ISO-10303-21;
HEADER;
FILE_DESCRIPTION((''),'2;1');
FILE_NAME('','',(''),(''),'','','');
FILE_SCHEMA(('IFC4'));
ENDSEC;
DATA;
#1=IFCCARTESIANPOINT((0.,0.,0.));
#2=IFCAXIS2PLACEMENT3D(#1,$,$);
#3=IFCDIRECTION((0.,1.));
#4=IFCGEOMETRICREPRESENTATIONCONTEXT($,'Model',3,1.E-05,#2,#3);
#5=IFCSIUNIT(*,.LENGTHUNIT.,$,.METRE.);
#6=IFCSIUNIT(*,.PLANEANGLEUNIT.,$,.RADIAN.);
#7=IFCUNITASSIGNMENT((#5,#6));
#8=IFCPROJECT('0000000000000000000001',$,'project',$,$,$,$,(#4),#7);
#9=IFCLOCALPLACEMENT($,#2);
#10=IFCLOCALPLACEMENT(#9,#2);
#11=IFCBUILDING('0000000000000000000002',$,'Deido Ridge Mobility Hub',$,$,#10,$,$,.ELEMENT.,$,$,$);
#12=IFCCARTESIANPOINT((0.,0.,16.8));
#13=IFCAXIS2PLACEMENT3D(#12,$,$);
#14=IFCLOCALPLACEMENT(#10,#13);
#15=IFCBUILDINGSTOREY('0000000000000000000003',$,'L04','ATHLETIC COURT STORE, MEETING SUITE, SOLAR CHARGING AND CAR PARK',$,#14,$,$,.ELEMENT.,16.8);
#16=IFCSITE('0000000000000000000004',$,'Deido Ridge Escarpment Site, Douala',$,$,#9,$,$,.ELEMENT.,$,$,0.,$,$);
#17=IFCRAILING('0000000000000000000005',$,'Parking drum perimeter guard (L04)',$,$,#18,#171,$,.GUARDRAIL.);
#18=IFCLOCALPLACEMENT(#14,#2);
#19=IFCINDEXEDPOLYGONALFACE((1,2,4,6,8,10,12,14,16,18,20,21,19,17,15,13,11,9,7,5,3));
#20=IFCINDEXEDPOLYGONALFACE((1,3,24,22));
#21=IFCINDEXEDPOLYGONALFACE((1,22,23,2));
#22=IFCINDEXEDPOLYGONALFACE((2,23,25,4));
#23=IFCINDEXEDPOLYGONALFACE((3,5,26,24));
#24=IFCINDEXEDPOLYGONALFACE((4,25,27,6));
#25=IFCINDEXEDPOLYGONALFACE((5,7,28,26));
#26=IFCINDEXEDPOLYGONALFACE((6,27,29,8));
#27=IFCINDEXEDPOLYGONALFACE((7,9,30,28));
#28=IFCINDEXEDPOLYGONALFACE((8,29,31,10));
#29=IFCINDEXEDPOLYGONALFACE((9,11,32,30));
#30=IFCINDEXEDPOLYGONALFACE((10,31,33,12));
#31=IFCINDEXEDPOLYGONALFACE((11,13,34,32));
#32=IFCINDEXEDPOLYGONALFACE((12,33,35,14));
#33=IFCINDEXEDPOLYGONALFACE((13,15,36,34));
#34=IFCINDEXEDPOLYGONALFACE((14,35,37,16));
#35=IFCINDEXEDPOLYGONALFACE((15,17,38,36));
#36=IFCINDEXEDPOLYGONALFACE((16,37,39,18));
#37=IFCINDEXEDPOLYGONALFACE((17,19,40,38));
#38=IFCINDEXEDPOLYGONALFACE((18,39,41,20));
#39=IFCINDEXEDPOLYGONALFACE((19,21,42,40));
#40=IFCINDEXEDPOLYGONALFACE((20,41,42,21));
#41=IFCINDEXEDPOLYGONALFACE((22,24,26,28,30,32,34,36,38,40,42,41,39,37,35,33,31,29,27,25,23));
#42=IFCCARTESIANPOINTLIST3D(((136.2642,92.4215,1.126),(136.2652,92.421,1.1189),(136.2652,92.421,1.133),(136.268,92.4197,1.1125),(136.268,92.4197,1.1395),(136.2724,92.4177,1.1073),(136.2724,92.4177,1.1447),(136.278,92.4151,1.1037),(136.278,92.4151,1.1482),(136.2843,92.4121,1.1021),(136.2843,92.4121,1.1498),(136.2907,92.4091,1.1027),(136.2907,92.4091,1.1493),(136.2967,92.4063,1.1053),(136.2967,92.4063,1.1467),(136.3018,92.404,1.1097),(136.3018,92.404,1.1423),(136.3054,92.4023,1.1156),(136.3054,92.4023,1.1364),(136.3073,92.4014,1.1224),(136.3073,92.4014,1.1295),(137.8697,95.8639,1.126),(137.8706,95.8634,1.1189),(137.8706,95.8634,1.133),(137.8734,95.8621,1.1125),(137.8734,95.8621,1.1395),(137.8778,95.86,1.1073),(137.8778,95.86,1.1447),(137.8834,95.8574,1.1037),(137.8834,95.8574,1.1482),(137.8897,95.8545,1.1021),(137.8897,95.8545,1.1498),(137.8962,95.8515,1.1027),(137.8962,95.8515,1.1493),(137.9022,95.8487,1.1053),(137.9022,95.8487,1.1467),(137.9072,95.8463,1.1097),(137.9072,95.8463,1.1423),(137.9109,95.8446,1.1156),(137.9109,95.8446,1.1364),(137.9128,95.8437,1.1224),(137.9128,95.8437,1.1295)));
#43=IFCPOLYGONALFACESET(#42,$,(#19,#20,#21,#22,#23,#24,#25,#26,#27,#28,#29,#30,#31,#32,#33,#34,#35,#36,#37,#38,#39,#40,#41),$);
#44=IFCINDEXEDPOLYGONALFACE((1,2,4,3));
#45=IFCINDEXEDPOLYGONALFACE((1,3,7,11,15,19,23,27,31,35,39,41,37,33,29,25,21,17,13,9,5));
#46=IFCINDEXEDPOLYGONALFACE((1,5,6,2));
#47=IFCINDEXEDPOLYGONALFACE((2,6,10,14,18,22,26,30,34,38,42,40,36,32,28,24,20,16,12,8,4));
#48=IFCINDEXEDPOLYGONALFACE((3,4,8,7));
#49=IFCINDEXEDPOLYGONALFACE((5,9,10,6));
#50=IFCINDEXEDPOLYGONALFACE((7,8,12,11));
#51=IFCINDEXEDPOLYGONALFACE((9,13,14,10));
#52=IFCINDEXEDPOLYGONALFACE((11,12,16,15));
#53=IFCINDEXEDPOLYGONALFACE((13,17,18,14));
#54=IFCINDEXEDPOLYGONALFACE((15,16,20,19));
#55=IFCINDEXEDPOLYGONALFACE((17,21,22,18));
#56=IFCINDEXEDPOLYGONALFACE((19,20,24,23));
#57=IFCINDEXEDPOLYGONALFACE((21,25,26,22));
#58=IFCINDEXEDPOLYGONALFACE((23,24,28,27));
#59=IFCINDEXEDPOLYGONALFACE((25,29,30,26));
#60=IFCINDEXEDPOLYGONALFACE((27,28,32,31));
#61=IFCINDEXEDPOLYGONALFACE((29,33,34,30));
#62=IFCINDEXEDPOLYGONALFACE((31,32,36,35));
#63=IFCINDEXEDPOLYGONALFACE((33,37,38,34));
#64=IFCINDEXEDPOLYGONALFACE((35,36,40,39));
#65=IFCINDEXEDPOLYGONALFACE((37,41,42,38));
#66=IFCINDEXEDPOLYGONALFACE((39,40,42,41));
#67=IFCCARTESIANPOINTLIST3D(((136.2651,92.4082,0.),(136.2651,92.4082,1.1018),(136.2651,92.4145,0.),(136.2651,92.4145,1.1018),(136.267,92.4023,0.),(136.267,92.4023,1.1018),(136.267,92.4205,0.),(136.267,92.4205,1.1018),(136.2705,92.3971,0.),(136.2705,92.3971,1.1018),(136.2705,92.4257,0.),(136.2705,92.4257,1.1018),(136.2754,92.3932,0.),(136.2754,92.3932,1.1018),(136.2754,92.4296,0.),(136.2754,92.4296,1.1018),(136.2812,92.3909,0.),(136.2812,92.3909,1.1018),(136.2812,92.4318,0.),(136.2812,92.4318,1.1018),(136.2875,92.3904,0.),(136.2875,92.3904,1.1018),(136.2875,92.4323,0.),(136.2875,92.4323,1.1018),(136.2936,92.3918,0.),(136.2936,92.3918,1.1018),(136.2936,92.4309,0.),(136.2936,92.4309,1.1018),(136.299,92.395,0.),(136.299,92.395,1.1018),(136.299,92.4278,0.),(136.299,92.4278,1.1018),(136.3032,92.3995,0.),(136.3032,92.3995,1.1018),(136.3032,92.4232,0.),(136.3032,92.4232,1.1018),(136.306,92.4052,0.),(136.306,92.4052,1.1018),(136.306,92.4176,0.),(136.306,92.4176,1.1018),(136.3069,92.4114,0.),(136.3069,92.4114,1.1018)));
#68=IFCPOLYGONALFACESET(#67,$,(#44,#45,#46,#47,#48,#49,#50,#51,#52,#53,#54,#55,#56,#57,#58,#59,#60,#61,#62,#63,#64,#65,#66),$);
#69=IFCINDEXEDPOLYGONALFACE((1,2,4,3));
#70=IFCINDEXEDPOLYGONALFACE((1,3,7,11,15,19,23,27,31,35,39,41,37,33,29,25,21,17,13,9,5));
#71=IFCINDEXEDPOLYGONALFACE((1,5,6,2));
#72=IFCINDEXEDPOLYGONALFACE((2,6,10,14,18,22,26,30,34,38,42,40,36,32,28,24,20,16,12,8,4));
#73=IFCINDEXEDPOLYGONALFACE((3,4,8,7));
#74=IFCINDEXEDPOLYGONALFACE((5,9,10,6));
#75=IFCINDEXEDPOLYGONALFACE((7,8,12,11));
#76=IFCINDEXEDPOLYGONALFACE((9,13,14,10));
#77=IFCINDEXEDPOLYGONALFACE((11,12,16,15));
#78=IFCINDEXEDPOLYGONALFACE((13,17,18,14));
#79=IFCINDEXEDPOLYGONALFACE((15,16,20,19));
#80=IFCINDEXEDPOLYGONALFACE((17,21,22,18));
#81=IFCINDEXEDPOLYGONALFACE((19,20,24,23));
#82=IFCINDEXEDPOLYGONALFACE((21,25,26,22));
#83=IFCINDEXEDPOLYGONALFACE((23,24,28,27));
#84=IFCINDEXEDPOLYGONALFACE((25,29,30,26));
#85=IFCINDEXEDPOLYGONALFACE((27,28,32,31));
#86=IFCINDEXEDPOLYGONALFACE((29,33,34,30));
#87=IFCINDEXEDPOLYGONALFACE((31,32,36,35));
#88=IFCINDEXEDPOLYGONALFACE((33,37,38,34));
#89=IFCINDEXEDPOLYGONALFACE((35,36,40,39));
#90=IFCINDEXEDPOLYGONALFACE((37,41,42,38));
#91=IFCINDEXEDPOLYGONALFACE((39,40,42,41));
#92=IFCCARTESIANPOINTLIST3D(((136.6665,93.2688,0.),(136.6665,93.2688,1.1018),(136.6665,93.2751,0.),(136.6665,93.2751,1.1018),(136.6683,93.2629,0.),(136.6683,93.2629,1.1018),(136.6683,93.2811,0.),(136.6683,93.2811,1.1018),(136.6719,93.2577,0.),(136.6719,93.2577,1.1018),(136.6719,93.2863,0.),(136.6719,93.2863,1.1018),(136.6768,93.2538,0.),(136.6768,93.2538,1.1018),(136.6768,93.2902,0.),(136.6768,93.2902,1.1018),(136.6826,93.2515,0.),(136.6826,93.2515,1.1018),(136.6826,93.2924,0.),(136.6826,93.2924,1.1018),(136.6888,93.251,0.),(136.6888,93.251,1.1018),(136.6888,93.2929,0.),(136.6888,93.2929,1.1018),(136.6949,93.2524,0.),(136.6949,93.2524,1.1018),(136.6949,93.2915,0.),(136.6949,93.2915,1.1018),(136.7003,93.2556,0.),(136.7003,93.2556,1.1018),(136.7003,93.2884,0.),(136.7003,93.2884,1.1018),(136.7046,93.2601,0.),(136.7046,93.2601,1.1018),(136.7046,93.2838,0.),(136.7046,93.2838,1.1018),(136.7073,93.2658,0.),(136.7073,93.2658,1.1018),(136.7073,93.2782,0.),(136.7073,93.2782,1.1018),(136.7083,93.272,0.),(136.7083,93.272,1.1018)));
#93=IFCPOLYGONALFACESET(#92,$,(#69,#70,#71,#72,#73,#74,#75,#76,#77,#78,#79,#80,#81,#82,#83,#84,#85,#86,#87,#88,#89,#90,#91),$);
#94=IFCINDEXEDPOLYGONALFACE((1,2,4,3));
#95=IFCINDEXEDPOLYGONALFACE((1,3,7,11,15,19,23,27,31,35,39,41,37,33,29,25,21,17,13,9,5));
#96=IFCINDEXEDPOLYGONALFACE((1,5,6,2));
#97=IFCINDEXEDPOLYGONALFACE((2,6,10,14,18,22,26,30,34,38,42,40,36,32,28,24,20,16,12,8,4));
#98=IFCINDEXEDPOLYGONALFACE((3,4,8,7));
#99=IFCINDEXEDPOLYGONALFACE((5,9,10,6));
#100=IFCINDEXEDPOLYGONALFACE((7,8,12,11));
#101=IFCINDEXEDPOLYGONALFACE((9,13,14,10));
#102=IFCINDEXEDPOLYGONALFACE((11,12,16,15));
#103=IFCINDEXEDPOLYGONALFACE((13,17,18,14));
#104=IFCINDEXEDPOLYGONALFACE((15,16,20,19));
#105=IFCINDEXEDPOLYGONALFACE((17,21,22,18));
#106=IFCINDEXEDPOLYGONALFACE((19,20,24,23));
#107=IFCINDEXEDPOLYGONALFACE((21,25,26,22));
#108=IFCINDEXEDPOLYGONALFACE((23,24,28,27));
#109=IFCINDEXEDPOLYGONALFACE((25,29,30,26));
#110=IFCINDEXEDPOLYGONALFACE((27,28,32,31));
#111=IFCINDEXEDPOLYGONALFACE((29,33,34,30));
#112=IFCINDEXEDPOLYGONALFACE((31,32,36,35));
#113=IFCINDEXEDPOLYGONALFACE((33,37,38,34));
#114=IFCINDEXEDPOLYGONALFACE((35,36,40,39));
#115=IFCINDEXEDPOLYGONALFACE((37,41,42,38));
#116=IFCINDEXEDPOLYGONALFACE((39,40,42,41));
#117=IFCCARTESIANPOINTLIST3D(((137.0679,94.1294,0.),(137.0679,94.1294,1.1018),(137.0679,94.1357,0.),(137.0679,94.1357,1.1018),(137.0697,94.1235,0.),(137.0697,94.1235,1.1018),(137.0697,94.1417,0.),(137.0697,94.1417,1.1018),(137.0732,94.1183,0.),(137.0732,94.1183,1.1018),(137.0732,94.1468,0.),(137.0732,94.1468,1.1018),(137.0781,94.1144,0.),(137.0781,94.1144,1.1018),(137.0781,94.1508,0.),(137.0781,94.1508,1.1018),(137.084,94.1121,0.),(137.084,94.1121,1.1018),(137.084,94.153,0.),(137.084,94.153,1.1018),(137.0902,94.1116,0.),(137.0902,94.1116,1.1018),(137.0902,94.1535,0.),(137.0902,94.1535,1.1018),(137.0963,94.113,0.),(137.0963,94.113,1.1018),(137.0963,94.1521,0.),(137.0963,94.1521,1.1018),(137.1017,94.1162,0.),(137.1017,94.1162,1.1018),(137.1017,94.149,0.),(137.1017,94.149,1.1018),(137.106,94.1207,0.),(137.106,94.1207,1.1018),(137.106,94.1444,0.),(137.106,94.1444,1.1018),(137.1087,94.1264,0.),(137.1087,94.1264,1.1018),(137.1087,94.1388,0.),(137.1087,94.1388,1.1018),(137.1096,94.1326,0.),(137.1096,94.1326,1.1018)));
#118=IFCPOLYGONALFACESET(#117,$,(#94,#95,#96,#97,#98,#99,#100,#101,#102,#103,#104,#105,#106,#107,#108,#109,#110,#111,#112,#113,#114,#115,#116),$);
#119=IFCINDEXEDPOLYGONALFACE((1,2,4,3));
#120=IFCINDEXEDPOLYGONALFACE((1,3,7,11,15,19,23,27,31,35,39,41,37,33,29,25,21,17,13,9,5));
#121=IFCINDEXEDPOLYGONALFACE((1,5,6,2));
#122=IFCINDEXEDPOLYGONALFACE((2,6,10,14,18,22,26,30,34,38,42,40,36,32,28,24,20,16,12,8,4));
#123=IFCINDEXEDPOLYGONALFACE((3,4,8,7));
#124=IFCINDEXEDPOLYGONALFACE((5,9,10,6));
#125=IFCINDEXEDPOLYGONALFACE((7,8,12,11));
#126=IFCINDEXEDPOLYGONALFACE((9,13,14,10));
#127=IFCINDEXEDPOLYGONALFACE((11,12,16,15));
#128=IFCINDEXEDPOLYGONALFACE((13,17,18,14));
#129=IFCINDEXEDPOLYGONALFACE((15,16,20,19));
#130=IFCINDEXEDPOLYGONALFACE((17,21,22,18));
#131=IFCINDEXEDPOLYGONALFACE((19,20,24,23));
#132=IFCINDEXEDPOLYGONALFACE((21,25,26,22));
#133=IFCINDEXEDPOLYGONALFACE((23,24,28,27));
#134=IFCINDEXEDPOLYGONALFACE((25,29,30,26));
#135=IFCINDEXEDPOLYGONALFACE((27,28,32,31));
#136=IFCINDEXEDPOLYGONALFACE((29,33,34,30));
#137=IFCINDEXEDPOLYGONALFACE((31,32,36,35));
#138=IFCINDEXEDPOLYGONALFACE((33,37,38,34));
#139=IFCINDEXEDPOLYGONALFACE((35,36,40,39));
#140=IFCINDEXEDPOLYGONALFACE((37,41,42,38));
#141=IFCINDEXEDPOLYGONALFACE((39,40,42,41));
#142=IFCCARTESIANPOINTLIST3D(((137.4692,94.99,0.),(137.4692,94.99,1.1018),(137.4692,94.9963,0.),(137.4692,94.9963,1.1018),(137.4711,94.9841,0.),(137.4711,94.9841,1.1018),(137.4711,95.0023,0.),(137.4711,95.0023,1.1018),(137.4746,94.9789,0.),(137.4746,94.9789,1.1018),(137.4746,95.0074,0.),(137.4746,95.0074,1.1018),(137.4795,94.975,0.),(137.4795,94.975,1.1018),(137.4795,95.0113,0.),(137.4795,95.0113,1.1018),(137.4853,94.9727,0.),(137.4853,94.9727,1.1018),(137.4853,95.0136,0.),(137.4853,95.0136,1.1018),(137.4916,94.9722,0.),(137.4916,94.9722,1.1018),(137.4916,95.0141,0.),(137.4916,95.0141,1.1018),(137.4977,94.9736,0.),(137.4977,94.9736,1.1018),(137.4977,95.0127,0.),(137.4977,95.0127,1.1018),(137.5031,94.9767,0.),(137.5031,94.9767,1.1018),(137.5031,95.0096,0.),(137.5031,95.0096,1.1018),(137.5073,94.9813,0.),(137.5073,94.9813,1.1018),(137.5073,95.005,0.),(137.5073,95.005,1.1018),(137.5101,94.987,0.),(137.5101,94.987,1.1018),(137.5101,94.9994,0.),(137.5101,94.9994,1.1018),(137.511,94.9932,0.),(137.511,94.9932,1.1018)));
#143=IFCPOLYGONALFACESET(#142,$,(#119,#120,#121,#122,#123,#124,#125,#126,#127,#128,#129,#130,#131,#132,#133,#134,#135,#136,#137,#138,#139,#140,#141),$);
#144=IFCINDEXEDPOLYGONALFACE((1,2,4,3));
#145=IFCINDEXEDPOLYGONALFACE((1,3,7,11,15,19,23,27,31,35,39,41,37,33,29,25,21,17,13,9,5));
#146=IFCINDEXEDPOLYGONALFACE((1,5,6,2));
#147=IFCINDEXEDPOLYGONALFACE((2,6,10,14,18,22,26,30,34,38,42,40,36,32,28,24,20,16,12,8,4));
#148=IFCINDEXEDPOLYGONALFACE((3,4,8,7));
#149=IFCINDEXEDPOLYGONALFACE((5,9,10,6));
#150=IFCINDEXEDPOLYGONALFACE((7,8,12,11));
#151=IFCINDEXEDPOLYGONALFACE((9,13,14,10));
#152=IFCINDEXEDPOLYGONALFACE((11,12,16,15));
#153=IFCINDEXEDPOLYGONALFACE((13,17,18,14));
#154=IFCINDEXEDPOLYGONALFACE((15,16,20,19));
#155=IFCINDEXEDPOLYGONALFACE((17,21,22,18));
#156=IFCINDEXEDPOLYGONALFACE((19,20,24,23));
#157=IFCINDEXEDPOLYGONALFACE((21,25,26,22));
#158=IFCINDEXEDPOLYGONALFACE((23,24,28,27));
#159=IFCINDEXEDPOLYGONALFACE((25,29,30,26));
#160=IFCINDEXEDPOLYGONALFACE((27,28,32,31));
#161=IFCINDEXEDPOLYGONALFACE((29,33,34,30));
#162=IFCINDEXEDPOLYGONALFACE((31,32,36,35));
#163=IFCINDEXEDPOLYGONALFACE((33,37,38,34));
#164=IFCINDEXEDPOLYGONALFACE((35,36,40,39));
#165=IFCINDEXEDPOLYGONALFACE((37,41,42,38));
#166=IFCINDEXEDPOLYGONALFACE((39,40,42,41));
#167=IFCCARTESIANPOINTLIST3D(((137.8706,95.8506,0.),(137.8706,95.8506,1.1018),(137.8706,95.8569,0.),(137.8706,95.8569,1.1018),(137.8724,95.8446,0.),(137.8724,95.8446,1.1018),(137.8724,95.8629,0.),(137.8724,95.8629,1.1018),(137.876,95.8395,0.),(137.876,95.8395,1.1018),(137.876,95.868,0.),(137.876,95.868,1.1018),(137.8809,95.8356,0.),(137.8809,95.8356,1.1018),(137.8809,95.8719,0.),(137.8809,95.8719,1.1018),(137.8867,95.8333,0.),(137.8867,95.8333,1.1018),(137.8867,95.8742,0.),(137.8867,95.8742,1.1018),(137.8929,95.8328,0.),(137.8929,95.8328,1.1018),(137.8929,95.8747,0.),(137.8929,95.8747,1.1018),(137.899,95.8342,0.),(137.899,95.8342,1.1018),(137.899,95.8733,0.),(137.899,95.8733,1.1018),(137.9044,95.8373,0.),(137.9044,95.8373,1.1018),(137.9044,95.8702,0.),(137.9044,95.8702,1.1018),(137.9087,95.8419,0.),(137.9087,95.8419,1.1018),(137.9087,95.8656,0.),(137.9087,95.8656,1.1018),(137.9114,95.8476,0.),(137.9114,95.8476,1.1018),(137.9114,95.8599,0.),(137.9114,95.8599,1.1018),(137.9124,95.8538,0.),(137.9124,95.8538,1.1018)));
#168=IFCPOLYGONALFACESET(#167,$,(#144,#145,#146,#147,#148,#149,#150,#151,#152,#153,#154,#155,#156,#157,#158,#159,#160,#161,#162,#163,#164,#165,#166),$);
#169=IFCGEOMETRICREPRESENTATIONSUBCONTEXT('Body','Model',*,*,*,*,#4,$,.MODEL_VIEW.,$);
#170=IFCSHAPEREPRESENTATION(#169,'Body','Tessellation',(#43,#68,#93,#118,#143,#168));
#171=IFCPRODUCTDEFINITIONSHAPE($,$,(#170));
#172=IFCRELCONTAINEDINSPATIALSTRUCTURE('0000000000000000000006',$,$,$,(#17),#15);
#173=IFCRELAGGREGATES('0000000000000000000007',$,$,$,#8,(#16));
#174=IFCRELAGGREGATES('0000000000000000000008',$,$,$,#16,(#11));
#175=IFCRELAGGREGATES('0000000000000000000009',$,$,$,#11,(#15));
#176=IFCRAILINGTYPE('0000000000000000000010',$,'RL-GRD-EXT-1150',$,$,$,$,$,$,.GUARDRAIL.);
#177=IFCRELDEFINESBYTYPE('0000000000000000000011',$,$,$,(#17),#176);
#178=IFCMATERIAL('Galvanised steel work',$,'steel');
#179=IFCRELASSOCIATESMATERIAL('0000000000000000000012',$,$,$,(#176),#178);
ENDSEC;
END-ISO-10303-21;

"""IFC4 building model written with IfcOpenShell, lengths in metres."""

from ifc_helpers import new_model, si_unit, direction, frame, origin, origin_2d, place, context, subcontext, project, spatial, circle, extrude, material, type_object, element, save


model = new_model("IFC4")

# Units and contexts
model_context = context("Model", 3, precision=1e-05, world=origin(), true_north=direction((0.0, 1.0)))
body_context = subcontext(model_context, "Body", "Model", "MODEL_VIEW")
ifc_project = project(units=[si_unit("LENGTHUNIT", "METRE"), si_unit("PLANEANGLEUNIT", "RADIAN")], contexts=[model_context])

# Site, building, storey
site_placement = place(None, origin())
site = spatial("IfcSite", under=ifc_project, at=site_placement, Name="Deido Ridge Escarpment Site, Douala", CompositionType="ELEMENT", RefElevation=0.0)
building_placement = place(site_placement, origin())
building = spatial("IfcBuilding", under=site, at=building_placement, Name="Deido Ridge Mobility Hub", CompositionType="ELEMENT")
storey_placement = place(building_placement, frame((0.0, 0.0, 16.8)))
storey = spatial("IfcBuildingStorey", under=building, at=storey_placement, Name="L04", Description="ATHLETIC COURT STORE, MEETING SUITE, SOLAR CHARGING AND CAR PARK", CompositionType="ELEMENT", Elevation=16.8)

# Railing
ifc_material_1 = material(Name="Galvanised steel work", Category="steel")
railing_type = type_object("IfcRailingType", Name="RL-GRD-EXT-1150", PredefinedType="GUARDRAIL", material=ifc_material_1)
railing_1_placement = place(storey_placement, frame((136.2859, 92.4114, 0.0)))
element("IfcRailing", 1, at=railing_1_placement, inside=storey, type_object=railing_type, Name="Parking drum perimeter guard (L04)", PredefinedType="GUARDRAIL", context=body_context, shape_type="SweptSolid", body=[
    extrude(circle(Radius=0.0239, at=origin_2d()), frame((0.0, 0.0, 1.126), z_axis=(0.422674, 0.906282, 0.0), x_axis=(-0.906282, 0.422674, 0.0)), (0.0, 0.0, 1.0), 3.7983),
    extrude(circle(Radius=0.021, at=origin_2d()), origin(), (0.0, 0.0, 1.0), 1.1018),
    extrude(circle(Radius=0.021, at=origin_2d()), frame((0.4014, 0.8606, 0.0)), (0.0, 0.0, 1.0), 1.1018),
    extrude(circle(Radius=0.021, at=origin_2d()), frame((0.8027, 1.7212, 0.0)), (0.0, 0.0, 1.0), 1.1018),
    extrude(circle(Radius=0.021, at=origin_2d()), frame((1.2041, 2.5818, 0.0)), (0.0, 0.0, 1.0), 1.1018),
    extrude(circle(Radius=0.021, at=origin_2d()), frame((1.6055, 3.4424, 0.0)), (0.0, 0.0, 1.0), 1.1018),
])

save(model, "model.ifc")
